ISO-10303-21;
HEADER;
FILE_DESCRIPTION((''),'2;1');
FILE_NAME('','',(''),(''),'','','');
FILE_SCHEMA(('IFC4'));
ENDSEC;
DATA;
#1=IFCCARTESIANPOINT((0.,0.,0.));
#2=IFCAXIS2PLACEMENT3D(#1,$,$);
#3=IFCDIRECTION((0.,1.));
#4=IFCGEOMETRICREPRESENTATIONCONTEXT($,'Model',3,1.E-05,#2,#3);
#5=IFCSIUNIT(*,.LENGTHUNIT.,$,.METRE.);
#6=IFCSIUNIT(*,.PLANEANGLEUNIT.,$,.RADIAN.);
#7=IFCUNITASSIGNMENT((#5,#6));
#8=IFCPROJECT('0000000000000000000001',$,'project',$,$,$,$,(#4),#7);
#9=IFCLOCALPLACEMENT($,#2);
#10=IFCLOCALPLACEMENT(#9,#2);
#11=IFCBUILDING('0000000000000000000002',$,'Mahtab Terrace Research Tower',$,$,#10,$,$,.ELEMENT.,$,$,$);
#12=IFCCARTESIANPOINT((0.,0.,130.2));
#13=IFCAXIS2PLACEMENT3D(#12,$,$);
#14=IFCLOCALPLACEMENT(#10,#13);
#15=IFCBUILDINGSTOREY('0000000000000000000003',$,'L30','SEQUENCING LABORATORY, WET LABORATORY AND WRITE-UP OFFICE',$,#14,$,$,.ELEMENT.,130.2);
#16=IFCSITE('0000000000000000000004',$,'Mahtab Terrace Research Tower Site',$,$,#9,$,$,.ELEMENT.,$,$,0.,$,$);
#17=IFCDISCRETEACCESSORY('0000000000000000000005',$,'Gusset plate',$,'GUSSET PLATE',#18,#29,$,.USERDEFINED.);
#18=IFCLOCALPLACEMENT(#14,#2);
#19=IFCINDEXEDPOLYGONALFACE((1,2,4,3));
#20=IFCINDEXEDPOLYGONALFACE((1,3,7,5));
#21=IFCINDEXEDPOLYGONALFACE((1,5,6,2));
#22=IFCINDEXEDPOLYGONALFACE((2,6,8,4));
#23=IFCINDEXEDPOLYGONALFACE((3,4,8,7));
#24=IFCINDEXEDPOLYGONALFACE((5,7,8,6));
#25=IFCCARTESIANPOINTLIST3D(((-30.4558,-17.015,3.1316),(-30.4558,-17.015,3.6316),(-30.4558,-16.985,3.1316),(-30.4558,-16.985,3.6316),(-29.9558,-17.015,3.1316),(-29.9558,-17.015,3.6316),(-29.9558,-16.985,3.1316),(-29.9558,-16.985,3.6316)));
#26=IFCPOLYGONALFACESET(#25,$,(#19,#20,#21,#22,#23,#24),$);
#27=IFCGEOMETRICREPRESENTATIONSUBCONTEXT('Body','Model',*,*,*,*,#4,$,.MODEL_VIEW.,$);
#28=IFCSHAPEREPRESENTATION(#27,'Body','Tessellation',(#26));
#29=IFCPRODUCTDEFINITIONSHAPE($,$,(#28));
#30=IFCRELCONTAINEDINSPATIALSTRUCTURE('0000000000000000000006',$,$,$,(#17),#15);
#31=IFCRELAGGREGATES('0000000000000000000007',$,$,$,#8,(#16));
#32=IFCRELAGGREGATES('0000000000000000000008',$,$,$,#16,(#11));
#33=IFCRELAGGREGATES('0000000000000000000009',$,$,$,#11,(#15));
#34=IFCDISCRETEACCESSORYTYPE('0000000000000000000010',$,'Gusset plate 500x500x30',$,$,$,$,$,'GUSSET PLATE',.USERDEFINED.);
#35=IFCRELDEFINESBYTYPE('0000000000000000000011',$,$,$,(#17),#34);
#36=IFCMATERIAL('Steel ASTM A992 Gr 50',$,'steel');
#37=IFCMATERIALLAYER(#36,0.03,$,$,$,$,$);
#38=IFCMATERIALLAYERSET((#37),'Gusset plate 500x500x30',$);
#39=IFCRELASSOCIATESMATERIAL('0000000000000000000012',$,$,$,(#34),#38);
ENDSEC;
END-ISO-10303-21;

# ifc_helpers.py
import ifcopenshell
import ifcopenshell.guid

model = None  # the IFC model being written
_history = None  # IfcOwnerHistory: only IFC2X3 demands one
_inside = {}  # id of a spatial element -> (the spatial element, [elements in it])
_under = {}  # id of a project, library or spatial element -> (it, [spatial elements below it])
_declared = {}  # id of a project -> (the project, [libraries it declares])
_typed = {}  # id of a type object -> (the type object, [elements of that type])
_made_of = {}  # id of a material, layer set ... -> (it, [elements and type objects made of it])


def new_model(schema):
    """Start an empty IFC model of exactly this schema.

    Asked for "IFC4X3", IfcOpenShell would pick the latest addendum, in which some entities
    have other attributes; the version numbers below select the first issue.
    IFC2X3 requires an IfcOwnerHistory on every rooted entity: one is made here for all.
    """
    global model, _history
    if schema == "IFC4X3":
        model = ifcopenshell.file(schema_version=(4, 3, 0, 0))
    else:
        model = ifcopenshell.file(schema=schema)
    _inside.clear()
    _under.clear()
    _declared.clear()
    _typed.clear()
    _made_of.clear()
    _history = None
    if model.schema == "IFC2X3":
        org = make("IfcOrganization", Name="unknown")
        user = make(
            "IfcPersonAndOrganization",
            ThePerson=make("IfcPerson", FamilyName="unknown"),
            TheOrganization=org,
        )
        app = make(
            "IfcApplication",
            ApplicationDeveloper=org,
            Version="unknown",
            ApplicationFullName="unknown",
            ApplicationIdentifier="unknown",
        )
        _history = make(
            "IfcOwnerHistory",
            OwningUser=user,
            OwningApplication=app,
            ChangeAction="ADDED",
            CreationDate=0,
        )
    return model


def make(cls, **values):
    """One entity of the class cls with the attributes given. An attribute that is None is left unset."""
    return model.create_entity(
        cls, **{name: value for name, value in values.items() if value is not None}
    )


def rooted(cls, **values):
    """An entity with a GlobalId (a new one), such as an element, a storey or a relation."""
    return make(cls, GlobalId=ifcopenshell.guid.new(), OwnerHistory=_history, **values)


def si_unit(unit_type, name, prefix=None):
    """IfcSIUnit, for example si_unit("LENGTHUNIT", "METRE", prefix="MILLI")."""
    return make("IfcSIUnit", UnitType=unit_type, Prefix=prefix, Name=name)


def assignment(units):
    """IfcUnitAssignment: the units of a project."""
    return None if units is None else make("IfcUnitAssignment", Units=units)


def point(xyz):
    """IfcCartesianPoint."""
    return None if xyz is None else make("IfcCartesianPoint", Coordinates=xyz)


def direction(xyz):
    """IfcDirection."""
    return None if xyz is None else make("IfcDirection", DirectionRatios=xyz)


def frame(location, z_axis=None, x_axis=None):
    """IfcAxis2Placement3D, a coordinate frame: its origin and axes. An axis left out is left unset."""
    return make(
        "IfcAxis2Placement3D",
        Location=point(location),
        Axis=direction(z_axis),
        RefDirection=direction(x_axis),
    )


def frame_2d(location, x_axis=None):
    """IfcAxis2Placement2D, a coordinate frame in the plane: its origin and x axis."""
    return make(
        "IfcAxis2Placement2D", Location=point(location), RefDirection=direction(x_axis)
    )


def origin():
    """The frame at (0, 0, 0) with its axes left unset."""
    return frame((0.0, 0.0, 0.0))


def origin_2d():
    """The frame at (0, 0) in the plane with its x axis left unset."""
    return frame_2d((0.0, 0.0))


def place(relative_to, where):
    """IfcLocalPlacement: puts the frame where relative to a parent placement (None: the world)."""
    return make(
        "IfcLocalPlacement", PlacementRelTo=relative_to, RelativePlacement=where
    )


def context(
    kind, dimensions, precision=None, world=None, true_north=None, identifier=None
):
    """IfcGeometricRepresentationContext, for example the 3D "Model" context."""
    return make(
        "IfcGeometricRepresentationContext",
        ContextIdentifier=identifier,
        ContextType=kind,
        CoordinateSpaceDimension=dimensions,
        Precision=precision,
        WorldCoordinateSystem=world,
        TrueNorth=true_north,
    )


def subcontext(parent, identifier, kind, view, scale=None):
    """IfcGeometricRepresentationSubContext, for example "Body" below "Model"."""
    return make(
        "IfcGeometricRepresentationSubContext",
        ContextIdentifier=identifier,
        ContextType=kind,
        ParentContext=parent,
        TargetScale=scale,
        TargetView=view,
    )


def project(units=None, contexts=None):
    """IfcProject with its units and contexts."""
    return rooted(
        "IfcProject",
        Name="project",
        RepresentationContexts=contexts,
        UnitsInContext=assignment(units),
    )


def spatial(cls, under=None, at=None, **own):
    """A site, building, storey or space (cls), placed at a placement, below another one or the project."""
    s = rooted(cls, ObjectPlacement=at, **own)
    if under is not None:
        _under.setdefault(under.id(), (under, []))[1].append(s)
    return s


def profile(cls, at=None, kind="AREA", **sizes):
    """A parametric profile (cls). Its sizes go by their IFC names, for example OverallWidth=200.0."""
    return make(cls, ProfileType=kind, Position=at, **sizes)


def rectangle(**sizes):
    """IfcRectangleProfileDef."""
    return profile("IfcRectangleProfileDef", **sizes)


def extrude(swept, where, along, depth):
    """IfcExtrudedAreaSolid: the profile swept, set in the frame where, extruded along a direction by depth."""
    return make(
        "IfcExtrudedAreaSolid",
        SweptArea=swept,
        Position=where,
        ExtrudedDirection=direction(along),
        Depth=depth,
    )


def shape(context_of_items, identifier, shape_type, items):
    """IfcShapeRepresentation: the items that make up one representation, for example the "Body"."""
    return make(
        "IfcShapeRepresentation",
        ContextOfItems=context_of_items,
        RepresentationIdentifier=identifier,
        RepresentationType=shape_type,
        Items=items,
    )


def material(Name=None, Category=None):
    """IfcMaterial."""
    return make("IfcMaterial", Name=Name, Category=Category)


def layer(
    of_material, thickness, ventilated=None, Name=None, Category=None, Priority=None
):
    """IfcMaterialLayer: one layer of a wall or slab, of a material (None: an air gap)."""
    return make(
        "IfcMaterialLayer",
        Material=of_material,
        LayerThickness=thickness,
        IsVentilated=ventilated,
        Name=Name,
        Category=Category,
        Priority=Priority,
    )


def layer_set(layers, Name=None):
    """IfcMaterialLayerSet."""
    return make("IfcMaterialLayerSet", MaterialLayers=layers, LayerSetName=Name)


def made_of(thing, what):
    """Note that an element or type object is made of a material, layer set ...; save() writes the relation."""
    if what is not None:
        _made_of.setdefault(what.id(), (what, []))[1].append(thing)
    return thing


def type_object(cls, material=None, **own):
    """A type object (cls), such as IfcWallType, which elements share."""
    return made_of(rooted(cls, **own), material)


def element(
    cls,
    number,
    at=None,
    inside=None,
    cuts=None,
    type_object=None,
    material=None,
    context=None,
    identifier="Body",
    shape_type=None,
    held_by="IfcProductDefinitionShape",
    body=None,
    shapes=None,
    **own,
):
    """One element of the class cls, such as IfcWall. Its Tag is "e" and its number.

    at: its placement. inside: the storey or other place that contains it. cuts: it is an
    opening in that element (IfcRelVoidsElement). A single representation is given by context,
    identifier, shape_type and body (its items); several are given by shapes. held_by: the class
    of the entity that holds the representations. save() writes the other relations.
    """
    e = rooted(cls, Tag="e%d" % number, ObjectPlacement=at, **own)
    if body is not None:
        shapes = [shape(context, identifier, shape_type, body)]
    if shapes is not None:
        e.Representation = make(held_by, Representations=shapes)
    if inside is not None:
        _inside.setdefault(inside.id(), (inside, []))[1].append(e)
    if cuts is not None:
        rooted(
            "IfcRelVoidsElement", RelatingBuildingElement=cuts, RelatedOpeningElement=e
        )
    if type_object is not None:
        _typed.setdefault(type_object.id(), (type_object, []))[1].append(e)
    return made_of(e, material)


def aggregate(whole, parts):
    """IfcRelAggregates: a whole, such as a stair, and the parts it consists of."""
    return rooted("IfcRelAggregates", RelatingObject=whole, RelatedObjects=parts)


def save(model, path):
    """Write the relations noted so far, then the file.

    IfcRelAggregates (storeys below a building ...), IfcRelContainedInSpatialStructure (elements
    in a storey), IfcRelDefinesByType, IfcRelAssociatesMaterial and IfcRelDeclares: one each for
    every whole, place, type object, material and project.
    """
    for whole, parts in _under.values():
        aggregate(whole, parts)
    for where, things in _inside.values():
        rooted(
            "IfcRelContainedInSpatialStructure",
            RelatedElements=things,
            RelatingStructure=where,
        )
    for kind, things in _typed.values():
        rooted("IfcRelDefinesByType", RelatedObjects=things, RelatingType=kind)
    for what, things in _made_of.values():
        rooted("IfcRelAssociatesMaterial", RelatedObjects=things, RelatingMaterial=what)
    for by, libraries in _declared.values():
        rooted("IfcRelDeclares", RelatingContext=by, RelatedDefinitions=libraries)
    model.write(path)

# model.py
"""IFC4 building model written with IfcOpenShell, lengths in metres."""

from ifc_helpers import new_model, si_unit, direction, frame, origin, origin_2d, place, context, subcontext, project, spatial, rectangle, extrude, material, layer, layer_set, type_object, element, save


model = new_model("IFC4")

# Units and contexts
model_context = context("Model", 3, precision=1e-05, world=origin(), true_north=direction((0.0, 1.0)))
body_context = subcontext(model_context, "Body", "Model", "MODEL_VIEW")
ifc_project = project(units=[si_unit("LENGTHUNIT", "METRE"), si_unit("PLANEANGLEUNIT", "RADIAN")], contexts=[model_context])

# Site, building, storey
site_placement = place(None, origin())
site = spatial("IfcSite", under=ifc_project, at=site_placement, Name="Mahtab Terrace Research Tower Site", CompositionType="ELEMENT", RefElevation=0.0)
building_placement = place(site_placement, origin())
building = spatial("IfcBuilding", under=site, at=building_placement, Name="Mahtab Terrace Research Tower", CompositionType="ELEMENT")
storey_placement = place(building_placement, frame((0.0, 0.0, 130.2)))
storey = spatial("IfcBuildingStorey", under=building, at=storey_placement, Name="L30", Description="SEQUENCING LABORATORY, WET LABORATORY AND WRITE-UP OFFICE", CompositionType="ELEMENT", Elevation=130.2)

# Shared definitions
ifc_material_1 = material(Name="Steel ASTM A992 Gr 50", Category="steel")

# Discrete accessory
ifc_layer_1 = layer(ifc_material_1, 0.03)
ifc_layer_set_1 = layer_set([ifc_layer_1], Name="Gusset plate 500x500x30")
discrete_accessory_type = type_object("IfcDiscreteAccessoryType", Name="Gusset plate 500x500x30", ElementType="GUSSET PLATE", PredefinedType="USERDEFINED", material=ifc_layer_set_1)
discrete_accessory_placement = place(storey_placement, frame((-30.2058, -17.0, 3.1316), z_axis=(0.0, 0.0, 1.0), x_axis=(1.0, 0.0, 0.0)))
element("IfcDiscreteAccessory", 1, at=discrete_accessory_placement, inside=storey, type_object=discrete_accessory_type, Name="Gusset plate", ObjectType="GUSSET PLATE", PredefinedType="USERDEFINED", context=body_context, shape_type="SweptSolid", body=[
    extrude(rectangle(XDim=0.5, YDim=0.03, at=origin_2d()), origin(), (0.0, 0.0, 1.0), 0.5),
])

save(model, "model.ifc")
